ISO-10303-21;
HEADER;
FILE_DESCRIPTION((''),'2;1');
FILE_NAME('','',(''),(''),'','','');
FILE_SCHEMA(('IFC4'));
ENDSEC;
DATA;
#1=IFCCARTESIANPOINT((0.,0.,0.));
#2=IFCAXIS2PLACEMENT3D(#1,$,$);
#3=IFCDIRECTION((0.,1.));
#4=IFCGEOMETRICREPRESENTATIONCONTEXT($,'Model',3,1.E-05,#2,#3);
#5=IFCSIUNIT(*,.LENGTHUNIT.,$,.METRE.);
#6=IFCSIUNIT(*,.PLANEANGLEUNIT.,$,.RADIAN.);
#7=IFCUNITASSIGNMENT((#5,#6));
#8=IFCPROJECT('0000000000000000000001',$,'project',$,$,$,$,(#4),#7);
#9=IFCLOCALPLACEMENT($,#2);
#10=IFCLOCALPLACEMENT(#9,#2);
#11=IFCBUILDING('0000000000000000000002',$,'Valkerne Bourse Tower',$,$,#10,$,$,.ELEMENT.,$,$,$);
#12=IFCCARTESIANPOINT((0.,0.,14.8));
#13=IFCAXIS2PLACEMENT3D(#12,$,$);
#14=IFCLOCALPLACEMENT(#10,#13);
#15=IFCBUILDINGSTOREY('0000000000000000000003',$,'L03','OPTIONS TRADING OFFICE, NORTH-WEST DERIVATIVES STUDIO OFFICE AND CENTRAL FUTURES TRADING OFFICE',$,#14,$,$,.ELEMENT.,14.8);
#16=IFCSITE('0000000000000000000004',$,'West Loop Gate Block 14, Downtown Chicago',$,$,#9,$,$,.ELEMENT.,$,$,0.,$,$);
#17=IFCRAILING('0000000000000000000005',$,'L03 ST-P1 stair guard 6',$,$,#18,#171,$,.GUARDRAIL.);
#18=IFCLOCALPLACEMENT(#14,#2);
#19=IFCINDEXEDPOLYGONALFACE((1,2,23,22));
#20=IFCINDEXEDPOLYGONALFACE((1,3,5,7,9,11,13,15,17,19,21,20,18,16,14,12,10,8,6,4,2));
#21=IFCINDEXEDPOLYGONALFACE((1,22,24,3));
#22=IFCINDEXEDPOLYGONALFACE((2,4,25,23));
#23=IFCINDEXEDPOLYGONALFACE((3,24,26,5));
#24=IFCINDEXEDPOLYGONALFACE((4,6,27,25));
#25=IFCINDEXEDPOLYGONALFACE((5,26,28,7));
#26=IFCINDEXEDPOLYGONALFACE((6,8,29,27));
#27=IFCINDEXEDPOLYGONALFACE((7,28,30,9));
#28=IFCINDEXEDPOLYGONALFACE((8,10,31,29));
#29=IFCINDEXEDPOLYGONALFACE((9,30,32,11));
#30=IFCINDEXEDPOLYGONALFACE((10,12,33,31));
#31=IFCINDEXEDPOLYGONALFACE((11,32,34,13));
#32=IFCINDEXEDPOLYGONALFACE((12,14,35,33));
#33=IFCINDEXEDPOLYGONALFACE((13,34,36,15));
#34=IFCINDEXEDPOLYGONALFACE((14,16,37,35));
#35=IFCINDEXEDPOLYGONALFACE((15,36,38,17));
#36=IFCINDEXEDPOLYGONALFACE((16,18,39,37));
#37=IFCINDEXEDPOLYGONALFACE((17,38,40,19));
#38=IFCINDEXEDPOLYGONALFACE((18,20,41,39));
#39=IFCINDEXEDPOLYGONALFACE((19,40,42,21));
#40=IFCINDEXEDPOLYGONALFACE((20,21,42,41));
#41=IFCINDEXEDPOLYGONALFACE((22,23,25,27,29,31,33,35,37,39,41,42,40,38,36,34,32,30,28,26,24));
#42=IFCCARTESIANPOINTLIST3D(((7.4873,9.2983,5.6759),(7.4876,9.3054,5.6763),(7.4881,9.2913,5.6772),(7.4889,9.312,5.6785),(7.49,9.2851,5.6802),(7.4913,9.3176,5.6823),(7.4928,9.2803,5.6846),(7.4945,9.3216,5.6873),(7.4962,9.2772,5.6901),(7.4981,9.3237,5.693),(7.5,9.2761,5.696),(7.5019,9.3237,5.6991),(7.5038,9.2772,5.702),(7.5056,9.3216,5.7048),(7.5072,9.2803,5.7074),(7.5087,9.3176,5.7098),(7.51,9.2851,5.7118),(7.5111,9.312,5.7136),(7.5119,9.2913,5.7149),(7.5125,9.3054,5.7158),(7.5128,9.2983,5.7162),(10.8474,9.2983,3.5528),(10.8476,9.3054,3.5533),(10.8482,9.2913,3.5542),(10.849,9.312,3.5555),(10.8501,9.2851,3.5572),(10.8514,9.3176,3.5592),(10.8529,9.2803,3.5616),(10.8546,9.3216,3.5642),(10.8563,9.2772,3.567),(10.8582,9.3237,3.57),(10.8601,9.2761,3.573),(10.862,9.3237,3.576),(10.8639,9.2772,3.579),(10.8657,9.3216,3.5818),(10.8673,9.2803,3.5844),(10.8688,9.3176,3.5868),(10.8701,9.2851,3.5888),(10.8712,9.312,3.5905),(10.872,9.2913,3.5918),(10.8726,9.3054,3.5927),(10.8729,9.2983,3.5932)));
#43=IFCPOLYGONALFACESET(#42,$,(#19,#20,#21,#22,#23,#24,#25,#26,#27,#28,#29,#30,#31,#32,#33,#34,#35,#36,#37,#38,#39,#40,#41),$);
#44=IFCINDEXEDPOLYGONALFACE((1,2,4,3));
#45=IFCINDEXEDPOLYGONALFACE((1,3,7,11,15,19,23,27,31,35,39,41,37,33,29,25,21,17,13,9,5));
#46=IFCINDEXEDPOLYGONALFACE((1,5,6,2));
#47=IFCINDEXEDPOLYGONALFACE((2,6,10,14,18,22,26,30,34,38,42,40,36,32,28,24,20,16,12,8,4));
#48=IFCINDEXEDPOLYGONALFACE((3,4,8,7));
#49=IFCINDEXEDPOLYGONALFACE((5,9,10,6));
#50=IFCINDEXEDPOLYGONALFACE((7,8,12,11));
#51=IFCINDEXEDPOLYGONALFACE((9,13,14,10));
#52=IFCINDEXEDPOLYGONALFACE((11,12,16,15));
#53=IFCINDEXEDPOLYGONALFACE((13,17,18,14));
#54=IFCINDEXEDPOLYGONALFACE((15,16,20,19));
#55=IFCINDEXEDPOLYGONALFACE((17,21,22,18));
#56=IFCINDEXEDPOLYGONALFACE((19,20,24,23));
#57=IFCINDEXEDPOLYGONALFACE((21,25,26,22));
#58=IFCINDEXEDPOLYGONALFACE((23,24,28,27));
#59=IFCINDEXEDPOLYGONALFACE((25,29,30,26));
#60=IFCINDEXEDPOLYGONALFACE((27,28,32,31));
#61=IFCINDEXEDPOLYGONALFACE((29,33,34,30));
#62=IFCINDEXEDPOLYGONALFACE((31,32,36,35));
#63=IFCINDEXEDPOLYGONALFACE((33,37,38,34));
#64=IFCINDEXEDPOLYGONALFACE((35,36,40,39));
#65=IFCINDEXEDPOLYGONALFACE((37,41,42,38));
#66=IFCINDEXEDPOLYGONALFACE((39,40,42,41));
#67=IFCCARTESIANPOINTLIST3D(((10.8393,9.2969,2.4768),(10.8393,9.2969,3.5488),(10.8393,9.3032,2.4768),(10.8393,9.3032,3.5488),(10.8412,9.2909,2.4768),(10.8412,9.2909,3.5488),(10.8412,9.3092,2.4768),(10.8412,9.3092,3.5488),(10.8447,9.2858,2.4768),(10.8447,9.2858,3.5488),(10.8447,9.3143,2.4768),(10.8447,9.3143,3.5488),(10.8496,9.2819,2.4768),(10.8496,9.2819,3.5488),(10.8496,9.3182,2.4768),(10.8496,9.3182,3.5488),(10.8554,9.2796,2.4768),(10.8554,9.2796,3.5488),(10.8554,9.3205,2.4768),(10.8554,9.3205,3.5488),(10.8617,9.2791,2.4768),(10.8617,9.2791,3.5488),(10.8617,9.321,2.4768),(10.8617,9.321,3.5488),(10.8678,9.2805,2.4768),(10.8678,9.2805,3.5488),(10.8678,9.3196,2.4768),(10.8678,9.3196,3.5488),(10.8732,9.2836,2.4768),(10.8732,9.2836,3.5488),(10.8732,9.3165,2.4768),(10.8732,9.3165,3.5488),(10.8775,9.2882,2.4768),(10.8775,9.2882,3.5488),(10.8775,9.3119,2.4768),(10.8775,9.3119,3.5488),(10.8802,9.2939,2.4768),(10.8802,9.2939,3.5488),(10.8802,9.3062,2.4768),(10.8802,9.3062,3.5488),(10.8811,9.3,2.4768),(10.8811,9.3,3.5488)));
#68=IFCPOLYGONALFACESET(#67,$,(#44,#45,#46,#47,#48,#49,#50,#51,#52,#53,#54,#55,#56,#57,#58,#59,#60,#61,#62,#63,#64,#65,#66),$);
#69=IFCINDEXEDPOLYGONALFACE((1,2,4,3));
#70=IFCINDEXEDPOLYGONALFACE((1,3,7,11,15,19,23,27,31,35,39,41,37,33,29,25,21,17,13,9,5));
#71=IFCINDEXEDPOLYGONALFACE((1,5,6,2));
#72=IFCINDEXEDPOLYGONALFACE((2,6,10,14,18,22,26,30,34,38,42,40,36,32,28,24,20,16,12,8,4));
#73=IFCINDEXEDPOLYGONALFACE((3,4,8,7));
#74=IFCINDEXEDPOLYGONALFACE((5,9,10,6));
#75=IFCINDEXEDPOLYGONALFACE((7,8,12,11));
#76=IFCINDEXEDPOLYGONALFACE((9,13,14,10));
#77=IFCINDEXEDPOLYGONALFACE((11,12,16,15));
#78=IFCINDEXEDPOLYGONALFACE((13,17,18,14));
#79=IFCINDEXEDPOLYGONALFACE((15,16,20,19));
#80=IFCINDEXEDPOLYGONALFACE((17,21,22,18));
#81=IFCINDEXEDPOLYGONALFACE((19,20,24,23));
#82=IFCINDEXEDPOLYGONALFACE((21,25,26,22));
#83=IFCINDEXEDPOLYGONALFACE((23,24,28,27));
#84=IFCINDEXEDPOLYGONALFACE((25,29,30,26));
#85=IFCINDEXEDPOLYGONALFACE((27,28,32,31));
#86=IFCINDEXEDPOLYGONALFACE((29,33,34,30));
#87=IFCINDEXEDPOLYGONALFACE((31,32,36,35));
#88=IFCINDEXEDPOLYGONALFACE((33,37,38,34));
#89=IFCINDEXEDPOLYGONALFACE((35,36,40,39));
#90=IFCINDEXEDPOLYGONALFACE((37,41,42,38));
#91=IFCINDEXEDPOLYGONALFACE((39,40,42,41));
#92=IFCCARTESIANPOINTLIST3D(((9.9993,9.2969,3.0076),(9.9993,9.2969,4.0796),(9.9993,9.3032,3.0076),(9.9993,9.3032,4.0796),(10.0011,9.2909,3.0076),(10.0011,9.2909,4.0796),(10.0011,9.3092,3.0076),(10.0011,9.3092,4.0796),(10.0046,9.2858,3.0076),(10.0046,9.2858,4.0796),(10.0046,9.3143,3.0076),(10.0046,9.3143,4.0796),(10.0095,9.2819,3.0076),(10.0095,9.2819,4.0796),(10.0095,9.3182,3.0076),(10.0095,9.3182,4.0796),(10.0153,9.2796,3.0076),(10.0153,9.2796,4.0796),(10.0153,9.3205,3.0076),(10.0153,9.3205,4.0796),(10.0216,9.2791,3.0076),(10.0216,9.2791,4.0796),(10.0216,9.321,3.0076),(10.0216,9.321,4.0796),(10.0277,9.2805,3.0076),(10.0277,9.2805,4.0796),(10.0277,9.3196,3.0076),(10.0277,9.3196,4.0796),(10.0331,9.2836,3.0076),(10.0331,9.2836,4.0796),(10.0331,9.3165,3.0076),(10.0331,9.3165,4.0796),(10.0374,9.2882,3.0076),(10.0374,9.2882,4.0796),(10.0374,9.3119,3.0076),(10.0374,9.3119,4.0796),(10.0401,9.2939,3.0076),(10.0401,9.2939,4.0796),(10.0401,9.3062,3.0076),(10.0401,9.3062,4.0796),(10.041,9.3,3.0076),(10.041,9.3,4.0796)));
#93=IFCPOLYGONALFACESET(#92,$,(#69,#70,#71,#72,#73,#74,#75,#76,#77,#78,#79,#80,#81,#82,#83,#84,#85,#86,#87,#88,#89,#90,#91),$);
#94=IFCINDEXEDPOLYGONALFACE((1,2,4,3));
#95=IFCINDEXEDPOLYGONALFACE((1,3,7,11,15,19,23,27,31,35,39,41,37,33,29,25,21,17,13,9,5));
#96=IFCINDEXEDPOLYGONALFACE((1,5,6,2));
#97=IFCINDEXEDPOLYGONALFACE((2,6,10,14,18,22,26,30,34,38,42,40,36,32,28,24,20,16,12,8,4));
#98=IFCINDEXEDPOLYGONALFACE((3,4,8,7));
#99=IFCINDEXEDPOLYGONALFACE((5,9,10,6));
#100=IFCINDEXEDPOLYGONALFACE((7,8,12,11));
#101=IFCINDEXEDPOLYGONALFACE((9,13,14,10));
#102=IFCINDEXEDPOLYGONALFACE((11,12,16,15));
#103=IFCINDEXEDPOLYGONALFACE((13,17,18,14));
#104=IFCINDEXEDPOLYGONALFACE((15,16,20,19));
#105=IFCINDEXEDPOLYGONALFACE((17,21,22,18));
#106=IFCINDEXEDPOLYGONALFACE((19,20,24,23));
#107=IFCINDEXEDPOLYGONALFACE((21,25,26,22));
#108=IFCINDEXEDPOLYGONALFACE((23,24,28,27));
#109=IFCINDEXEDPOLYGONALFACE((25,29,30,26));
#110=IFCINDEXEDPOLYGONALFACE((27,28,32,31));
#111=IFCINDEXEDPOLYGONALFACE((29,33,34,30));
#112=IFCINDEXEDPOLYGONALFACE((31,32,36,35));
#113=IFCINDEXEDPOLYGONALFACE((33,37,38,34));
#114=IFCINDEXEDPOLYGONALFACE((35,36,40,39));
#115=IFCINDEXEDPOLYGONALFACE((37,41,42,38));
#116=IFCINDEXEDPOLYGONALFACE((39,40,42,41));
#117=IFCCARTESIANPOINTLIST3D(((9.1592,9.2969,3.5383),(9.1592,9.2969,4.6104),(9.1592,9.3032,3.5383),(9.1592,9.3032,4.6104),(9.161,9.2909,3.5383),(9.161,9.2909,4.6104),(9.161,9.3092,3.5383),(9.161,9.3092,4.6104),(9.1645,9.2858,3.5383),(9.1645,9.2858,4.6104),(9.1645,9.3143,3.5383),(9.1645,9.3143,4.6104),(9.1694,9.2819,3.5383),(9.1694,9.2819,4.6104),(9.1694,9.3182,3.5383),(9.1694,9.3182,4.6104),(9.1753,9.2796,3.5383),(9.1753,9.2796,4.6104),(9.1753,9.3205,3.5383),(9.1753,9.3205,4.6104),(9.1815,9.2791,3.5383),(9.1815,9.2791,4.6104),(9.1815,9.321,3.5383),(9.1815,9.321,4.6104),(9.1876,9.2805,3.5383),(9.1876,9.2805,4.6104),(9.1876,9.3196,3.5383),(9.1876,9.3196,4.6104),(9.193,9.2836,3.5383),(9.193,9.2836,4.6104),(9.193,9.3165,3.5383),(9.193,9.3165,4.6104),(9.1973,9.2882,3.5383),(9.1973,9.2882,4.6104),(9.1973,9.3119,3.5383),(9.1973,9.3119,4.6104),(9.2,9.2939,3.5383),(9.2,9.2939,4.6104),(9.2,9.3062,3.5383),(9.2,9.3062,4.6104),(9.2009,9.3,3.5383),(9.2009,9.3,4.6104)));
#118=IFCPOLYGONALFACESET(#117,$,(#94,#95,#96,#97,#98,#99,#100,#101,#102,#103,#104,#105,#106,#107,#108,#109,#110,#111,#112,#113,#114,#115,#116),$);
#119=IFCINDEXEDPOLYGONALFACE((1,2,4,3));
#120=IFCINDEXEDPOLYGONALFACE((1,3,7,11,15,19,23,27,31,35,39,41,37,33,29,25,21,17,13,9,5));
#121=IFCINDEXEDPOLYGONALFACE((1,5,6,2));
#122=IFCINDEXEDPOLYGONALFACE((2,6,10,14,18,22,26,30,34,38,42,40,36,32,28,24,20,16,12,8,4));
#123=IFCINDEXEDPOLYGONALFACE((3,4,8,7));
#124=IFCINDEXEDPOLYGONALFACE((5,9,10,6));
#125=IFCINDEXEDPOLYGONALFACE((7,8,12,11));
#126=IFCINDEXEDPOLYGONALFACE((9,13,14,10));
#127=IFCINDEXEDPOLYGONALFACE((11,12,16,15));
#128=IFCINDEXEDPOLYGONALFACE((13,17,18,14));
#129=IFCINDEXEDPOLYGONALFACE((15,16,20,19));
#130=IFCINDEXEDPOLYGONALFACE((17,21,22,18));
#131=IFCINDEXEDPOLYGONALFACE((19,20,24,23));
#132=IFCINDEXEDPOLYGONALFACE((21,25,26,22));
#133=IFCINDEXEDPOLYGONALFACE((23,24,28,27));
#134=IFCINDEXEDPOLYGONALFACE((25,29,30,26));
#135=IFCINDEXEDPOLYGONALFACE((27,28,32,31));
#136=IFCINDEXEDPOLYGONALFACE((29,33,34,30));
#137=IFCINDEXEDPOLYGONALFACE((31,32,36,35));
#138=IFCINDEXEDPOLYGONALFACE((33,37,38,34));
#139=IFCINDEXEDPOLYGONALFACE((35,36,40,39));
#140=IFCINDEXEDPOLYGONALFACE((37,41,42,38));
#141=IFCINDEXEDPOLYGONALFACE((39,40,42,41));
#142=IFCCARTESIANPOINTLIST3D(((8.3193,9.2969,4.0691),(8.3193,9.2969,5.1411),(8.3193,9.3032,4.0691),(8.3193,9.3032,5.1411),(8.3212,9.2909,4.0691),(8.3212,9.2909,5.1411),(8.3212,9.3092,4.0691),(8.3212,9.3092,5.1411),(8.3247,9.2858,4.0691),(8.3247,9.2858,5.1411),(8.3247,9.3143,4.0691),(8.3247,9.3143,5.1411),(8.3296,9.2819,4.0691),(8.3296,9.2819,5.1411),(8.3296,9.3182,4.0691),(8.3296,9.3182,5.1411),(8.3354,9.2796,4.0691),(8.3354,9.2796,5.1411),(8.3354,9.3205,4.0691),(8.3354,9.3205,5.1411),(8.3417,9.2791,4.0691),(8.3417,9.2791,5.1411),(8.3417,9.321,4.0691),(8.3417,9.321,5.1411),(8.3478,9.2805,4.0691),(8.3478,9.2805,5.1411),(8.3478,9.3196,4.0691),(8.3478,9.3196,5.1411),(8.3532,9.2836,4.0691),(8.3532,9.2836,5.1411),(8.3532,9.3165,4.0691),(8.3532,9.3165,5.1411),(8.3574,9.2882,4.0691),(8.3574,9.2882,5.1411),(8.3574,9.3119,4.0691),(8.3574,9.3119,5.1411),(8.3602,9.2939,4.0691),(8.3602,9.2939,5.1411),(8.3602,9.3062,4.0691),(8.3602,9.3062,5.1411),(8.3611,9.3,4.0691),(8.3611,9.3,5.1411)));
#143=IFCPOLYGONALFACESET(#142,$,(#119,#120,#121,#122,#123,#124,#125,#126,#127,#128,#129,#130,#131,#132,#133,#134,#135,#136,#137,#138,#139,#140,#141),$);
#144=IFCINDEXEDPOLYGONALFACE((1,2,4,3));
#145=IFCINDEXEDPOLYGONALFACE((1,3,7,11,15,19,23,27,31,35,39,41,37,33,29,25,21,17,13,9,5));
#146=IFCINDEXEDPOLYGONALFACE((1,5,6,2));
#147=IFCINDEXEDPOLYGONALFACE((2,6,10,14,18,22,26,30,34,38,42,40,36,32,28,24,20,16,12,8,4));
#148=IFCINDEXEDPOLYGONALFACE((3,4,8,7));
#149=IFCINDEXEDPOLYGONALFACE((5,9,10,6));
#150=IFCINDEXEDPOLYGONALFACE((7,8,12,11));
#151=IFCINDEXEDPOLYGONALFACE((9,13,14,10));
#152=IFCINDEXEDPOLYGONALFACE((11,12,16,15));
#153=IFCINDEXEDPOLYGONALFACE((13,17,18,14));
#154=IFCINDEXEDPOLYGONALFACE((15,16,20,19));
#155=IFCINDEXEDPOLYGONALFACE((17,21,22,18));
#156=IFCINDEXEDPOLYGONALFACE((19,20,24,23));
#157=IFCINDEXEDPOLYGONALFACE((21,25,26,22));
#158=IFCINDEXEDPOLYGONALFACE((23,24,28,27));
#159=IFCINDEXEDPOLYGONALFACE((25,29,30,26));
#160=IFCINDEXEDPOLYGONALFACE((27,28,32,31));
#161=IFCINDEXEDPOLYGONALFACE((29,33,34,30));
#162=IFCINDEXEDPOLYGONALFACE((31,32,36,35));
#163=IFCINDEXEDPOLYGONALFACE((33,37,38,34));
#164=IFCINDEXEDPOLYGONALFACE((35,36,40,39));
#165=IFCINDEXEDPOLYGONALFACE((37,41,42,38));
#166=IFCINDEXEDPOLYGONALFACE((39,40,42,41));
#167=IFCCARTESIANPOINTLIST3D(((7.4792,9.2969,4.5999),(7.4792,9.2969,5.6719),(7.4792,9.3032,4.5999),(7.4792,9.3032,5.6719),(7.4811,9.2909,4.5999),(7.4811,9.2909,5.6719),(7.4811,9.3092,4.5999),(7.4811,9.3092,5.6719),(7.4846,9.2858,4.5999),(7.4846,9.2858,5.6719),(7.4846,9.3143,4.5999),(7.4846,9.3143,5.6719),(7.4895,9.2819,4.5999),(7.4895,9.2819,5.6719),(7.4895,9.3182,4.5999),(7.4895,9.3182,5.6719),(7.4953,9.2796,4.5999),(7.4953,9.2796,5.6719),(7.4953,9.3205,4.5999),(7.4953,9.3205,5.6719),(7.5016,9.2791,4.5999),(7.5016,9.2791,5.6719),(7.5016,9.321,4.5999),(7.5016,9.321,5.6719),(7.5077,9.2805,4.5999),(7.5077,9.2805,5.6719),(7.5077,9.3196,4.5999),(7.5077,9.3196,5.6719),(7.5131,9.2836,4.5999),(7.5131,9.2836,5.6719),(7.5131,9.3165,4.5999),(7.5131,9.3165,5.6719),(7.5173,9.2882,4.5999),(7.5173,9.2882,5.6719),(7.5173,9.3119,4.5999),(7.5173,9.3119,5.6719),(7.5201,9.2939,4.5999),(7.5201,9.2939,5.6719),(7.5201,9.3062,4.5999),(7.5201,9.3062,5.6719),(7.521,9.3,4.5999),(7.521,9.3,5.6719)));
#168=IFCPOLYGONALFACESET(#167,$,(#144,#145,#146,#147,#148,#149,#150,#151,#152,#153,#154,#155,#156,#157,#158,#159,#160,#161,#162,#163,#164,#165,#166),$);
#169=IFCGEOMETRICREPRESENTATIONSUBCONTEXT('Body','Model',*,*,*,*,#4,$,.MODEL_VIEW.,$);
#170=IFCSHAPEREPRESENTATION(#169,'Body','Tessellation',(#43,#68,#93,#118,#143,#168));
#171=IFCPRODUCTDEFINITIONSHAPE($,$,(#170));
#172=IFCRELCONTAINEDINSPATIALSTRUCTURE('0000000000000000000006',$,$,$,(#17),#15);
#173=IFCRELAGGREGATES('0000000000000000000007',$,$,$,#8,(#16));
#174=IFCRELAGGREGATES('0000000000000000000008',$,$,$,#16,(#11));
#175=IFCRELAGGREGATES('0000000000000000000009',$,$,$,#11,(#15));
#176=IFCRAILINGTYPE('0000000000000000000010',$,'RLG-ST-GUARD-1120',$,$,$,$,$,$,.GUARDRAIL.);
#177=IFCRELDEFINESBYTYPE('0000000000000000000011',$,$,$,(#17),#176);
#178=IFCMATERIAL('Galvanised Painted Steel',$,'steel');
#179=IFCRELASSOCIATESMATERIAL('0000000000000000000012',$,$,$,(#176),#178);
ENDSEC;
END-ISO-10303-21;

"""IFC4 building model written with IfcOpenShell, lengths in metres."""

from ifc_helpers import new_model, si_unit, direction, frame, origin, origin_2d, place, context, subcontext, project, spatial, circle, extrude, material, type_object, element, save


model = new_model("IFC4")

# Units and contexts
model_context = context("Model", 3, precision=1e-05, world=origin(), true_north=direction((0.0, 1.0)))
body_context = subcontext(model_context, "Body", "Model", "MODEL_VIEW")
ifc_project = project(units=[si_unit("LENGTHUNIT", "METRE"), si_unit("PLANEANGLEUNIT", "RADIAN")], contexts=[model_context])

# Site, building, storey
site_placement = place(None, origin())
site = spatial("IfcSite", under=ifc_project, at=site_placement, Name="West Loop Gate Block 14, Downtown Chicago", CompositionType="ELEMENT", RefElevation=0.0)
building_placement = place(site_placement, origin())
building = spatial("IfcBuilding", under=site, at=building_placement, Name="Valkerne Bourse Tower", CompositionType="ELEMENT")
storey_placement = place(building_placement, frame((0.0, 0.0, 14.8)))
storey = spatial("IfcBuildingStorey", under=building, at=storey_placement, Name="L03", Description="OPTIONS TRADING OFFICE, NORTH-WEST DERIVATIVES STUDIO OFFICE AND CENTRAL FUTURES TRADING OFFICE", CompositionType="ELEMENT", Elevation=14.8)

# Railing
ifc_material_1 = material(Name="Galvanised Painted Steel", Category="steel")
railing_type_1 = type_object("IfcRailingType", Name="RLG-ST-GUARD-1120", PredefinedType="GUARDRAIL", material=ifc_material_1)
railing_1_placement = place(storey_placement, frame((10.8601, 9.3, 2.4768)))
element("IfcRailing", 1, at=railing_1_placement, inside=storey, type_object=railing_type_1, Name="L03 ST-P1 stair guard 6", PredefinedType="GUARDRAIL", context=body_context, shape_type="SweptSolid", body=[
    extrude(circle(Radius=0.0239, at=origin_2d()), frame((0.0, 0.0, 1.0962), z_axis=(-0.84539, 0.0, 0.53415), x_axis=(0.0, -1.0, 0.0)), (0.0, 0.0, 1.0), 3.9746),
    extrude(circle(Radius=0.021, at=origin_2d()), origin(), (0.0, 0.0, 1.0), 1.072),
    extrude(circle(Radius=0.021, at=origin_2d()), frame((-0.8401, 0.0, 0.5308)), (0.0, 0.0, 1.0), 1.072),
    extrude(circle(Radius=0.021, at=origin_2d()), frame((-1.6802, 0.0, 1.0615)), (0.0, 0.0, 1.0), 1.072),
    extrude(circle(Radius=0.021, at=origin_2d()), frame((-2.52, 0.0, 1.5923)), (0.0, 0.0, 1.0), 1.072),
    extrude(circle(Radius=0.021, at=origin_2d()), frame((-3.3601, 0.0, 2.123)), (0.0, 0.0, 1.0), 1.072),
])

save(model, "model.ifc")
